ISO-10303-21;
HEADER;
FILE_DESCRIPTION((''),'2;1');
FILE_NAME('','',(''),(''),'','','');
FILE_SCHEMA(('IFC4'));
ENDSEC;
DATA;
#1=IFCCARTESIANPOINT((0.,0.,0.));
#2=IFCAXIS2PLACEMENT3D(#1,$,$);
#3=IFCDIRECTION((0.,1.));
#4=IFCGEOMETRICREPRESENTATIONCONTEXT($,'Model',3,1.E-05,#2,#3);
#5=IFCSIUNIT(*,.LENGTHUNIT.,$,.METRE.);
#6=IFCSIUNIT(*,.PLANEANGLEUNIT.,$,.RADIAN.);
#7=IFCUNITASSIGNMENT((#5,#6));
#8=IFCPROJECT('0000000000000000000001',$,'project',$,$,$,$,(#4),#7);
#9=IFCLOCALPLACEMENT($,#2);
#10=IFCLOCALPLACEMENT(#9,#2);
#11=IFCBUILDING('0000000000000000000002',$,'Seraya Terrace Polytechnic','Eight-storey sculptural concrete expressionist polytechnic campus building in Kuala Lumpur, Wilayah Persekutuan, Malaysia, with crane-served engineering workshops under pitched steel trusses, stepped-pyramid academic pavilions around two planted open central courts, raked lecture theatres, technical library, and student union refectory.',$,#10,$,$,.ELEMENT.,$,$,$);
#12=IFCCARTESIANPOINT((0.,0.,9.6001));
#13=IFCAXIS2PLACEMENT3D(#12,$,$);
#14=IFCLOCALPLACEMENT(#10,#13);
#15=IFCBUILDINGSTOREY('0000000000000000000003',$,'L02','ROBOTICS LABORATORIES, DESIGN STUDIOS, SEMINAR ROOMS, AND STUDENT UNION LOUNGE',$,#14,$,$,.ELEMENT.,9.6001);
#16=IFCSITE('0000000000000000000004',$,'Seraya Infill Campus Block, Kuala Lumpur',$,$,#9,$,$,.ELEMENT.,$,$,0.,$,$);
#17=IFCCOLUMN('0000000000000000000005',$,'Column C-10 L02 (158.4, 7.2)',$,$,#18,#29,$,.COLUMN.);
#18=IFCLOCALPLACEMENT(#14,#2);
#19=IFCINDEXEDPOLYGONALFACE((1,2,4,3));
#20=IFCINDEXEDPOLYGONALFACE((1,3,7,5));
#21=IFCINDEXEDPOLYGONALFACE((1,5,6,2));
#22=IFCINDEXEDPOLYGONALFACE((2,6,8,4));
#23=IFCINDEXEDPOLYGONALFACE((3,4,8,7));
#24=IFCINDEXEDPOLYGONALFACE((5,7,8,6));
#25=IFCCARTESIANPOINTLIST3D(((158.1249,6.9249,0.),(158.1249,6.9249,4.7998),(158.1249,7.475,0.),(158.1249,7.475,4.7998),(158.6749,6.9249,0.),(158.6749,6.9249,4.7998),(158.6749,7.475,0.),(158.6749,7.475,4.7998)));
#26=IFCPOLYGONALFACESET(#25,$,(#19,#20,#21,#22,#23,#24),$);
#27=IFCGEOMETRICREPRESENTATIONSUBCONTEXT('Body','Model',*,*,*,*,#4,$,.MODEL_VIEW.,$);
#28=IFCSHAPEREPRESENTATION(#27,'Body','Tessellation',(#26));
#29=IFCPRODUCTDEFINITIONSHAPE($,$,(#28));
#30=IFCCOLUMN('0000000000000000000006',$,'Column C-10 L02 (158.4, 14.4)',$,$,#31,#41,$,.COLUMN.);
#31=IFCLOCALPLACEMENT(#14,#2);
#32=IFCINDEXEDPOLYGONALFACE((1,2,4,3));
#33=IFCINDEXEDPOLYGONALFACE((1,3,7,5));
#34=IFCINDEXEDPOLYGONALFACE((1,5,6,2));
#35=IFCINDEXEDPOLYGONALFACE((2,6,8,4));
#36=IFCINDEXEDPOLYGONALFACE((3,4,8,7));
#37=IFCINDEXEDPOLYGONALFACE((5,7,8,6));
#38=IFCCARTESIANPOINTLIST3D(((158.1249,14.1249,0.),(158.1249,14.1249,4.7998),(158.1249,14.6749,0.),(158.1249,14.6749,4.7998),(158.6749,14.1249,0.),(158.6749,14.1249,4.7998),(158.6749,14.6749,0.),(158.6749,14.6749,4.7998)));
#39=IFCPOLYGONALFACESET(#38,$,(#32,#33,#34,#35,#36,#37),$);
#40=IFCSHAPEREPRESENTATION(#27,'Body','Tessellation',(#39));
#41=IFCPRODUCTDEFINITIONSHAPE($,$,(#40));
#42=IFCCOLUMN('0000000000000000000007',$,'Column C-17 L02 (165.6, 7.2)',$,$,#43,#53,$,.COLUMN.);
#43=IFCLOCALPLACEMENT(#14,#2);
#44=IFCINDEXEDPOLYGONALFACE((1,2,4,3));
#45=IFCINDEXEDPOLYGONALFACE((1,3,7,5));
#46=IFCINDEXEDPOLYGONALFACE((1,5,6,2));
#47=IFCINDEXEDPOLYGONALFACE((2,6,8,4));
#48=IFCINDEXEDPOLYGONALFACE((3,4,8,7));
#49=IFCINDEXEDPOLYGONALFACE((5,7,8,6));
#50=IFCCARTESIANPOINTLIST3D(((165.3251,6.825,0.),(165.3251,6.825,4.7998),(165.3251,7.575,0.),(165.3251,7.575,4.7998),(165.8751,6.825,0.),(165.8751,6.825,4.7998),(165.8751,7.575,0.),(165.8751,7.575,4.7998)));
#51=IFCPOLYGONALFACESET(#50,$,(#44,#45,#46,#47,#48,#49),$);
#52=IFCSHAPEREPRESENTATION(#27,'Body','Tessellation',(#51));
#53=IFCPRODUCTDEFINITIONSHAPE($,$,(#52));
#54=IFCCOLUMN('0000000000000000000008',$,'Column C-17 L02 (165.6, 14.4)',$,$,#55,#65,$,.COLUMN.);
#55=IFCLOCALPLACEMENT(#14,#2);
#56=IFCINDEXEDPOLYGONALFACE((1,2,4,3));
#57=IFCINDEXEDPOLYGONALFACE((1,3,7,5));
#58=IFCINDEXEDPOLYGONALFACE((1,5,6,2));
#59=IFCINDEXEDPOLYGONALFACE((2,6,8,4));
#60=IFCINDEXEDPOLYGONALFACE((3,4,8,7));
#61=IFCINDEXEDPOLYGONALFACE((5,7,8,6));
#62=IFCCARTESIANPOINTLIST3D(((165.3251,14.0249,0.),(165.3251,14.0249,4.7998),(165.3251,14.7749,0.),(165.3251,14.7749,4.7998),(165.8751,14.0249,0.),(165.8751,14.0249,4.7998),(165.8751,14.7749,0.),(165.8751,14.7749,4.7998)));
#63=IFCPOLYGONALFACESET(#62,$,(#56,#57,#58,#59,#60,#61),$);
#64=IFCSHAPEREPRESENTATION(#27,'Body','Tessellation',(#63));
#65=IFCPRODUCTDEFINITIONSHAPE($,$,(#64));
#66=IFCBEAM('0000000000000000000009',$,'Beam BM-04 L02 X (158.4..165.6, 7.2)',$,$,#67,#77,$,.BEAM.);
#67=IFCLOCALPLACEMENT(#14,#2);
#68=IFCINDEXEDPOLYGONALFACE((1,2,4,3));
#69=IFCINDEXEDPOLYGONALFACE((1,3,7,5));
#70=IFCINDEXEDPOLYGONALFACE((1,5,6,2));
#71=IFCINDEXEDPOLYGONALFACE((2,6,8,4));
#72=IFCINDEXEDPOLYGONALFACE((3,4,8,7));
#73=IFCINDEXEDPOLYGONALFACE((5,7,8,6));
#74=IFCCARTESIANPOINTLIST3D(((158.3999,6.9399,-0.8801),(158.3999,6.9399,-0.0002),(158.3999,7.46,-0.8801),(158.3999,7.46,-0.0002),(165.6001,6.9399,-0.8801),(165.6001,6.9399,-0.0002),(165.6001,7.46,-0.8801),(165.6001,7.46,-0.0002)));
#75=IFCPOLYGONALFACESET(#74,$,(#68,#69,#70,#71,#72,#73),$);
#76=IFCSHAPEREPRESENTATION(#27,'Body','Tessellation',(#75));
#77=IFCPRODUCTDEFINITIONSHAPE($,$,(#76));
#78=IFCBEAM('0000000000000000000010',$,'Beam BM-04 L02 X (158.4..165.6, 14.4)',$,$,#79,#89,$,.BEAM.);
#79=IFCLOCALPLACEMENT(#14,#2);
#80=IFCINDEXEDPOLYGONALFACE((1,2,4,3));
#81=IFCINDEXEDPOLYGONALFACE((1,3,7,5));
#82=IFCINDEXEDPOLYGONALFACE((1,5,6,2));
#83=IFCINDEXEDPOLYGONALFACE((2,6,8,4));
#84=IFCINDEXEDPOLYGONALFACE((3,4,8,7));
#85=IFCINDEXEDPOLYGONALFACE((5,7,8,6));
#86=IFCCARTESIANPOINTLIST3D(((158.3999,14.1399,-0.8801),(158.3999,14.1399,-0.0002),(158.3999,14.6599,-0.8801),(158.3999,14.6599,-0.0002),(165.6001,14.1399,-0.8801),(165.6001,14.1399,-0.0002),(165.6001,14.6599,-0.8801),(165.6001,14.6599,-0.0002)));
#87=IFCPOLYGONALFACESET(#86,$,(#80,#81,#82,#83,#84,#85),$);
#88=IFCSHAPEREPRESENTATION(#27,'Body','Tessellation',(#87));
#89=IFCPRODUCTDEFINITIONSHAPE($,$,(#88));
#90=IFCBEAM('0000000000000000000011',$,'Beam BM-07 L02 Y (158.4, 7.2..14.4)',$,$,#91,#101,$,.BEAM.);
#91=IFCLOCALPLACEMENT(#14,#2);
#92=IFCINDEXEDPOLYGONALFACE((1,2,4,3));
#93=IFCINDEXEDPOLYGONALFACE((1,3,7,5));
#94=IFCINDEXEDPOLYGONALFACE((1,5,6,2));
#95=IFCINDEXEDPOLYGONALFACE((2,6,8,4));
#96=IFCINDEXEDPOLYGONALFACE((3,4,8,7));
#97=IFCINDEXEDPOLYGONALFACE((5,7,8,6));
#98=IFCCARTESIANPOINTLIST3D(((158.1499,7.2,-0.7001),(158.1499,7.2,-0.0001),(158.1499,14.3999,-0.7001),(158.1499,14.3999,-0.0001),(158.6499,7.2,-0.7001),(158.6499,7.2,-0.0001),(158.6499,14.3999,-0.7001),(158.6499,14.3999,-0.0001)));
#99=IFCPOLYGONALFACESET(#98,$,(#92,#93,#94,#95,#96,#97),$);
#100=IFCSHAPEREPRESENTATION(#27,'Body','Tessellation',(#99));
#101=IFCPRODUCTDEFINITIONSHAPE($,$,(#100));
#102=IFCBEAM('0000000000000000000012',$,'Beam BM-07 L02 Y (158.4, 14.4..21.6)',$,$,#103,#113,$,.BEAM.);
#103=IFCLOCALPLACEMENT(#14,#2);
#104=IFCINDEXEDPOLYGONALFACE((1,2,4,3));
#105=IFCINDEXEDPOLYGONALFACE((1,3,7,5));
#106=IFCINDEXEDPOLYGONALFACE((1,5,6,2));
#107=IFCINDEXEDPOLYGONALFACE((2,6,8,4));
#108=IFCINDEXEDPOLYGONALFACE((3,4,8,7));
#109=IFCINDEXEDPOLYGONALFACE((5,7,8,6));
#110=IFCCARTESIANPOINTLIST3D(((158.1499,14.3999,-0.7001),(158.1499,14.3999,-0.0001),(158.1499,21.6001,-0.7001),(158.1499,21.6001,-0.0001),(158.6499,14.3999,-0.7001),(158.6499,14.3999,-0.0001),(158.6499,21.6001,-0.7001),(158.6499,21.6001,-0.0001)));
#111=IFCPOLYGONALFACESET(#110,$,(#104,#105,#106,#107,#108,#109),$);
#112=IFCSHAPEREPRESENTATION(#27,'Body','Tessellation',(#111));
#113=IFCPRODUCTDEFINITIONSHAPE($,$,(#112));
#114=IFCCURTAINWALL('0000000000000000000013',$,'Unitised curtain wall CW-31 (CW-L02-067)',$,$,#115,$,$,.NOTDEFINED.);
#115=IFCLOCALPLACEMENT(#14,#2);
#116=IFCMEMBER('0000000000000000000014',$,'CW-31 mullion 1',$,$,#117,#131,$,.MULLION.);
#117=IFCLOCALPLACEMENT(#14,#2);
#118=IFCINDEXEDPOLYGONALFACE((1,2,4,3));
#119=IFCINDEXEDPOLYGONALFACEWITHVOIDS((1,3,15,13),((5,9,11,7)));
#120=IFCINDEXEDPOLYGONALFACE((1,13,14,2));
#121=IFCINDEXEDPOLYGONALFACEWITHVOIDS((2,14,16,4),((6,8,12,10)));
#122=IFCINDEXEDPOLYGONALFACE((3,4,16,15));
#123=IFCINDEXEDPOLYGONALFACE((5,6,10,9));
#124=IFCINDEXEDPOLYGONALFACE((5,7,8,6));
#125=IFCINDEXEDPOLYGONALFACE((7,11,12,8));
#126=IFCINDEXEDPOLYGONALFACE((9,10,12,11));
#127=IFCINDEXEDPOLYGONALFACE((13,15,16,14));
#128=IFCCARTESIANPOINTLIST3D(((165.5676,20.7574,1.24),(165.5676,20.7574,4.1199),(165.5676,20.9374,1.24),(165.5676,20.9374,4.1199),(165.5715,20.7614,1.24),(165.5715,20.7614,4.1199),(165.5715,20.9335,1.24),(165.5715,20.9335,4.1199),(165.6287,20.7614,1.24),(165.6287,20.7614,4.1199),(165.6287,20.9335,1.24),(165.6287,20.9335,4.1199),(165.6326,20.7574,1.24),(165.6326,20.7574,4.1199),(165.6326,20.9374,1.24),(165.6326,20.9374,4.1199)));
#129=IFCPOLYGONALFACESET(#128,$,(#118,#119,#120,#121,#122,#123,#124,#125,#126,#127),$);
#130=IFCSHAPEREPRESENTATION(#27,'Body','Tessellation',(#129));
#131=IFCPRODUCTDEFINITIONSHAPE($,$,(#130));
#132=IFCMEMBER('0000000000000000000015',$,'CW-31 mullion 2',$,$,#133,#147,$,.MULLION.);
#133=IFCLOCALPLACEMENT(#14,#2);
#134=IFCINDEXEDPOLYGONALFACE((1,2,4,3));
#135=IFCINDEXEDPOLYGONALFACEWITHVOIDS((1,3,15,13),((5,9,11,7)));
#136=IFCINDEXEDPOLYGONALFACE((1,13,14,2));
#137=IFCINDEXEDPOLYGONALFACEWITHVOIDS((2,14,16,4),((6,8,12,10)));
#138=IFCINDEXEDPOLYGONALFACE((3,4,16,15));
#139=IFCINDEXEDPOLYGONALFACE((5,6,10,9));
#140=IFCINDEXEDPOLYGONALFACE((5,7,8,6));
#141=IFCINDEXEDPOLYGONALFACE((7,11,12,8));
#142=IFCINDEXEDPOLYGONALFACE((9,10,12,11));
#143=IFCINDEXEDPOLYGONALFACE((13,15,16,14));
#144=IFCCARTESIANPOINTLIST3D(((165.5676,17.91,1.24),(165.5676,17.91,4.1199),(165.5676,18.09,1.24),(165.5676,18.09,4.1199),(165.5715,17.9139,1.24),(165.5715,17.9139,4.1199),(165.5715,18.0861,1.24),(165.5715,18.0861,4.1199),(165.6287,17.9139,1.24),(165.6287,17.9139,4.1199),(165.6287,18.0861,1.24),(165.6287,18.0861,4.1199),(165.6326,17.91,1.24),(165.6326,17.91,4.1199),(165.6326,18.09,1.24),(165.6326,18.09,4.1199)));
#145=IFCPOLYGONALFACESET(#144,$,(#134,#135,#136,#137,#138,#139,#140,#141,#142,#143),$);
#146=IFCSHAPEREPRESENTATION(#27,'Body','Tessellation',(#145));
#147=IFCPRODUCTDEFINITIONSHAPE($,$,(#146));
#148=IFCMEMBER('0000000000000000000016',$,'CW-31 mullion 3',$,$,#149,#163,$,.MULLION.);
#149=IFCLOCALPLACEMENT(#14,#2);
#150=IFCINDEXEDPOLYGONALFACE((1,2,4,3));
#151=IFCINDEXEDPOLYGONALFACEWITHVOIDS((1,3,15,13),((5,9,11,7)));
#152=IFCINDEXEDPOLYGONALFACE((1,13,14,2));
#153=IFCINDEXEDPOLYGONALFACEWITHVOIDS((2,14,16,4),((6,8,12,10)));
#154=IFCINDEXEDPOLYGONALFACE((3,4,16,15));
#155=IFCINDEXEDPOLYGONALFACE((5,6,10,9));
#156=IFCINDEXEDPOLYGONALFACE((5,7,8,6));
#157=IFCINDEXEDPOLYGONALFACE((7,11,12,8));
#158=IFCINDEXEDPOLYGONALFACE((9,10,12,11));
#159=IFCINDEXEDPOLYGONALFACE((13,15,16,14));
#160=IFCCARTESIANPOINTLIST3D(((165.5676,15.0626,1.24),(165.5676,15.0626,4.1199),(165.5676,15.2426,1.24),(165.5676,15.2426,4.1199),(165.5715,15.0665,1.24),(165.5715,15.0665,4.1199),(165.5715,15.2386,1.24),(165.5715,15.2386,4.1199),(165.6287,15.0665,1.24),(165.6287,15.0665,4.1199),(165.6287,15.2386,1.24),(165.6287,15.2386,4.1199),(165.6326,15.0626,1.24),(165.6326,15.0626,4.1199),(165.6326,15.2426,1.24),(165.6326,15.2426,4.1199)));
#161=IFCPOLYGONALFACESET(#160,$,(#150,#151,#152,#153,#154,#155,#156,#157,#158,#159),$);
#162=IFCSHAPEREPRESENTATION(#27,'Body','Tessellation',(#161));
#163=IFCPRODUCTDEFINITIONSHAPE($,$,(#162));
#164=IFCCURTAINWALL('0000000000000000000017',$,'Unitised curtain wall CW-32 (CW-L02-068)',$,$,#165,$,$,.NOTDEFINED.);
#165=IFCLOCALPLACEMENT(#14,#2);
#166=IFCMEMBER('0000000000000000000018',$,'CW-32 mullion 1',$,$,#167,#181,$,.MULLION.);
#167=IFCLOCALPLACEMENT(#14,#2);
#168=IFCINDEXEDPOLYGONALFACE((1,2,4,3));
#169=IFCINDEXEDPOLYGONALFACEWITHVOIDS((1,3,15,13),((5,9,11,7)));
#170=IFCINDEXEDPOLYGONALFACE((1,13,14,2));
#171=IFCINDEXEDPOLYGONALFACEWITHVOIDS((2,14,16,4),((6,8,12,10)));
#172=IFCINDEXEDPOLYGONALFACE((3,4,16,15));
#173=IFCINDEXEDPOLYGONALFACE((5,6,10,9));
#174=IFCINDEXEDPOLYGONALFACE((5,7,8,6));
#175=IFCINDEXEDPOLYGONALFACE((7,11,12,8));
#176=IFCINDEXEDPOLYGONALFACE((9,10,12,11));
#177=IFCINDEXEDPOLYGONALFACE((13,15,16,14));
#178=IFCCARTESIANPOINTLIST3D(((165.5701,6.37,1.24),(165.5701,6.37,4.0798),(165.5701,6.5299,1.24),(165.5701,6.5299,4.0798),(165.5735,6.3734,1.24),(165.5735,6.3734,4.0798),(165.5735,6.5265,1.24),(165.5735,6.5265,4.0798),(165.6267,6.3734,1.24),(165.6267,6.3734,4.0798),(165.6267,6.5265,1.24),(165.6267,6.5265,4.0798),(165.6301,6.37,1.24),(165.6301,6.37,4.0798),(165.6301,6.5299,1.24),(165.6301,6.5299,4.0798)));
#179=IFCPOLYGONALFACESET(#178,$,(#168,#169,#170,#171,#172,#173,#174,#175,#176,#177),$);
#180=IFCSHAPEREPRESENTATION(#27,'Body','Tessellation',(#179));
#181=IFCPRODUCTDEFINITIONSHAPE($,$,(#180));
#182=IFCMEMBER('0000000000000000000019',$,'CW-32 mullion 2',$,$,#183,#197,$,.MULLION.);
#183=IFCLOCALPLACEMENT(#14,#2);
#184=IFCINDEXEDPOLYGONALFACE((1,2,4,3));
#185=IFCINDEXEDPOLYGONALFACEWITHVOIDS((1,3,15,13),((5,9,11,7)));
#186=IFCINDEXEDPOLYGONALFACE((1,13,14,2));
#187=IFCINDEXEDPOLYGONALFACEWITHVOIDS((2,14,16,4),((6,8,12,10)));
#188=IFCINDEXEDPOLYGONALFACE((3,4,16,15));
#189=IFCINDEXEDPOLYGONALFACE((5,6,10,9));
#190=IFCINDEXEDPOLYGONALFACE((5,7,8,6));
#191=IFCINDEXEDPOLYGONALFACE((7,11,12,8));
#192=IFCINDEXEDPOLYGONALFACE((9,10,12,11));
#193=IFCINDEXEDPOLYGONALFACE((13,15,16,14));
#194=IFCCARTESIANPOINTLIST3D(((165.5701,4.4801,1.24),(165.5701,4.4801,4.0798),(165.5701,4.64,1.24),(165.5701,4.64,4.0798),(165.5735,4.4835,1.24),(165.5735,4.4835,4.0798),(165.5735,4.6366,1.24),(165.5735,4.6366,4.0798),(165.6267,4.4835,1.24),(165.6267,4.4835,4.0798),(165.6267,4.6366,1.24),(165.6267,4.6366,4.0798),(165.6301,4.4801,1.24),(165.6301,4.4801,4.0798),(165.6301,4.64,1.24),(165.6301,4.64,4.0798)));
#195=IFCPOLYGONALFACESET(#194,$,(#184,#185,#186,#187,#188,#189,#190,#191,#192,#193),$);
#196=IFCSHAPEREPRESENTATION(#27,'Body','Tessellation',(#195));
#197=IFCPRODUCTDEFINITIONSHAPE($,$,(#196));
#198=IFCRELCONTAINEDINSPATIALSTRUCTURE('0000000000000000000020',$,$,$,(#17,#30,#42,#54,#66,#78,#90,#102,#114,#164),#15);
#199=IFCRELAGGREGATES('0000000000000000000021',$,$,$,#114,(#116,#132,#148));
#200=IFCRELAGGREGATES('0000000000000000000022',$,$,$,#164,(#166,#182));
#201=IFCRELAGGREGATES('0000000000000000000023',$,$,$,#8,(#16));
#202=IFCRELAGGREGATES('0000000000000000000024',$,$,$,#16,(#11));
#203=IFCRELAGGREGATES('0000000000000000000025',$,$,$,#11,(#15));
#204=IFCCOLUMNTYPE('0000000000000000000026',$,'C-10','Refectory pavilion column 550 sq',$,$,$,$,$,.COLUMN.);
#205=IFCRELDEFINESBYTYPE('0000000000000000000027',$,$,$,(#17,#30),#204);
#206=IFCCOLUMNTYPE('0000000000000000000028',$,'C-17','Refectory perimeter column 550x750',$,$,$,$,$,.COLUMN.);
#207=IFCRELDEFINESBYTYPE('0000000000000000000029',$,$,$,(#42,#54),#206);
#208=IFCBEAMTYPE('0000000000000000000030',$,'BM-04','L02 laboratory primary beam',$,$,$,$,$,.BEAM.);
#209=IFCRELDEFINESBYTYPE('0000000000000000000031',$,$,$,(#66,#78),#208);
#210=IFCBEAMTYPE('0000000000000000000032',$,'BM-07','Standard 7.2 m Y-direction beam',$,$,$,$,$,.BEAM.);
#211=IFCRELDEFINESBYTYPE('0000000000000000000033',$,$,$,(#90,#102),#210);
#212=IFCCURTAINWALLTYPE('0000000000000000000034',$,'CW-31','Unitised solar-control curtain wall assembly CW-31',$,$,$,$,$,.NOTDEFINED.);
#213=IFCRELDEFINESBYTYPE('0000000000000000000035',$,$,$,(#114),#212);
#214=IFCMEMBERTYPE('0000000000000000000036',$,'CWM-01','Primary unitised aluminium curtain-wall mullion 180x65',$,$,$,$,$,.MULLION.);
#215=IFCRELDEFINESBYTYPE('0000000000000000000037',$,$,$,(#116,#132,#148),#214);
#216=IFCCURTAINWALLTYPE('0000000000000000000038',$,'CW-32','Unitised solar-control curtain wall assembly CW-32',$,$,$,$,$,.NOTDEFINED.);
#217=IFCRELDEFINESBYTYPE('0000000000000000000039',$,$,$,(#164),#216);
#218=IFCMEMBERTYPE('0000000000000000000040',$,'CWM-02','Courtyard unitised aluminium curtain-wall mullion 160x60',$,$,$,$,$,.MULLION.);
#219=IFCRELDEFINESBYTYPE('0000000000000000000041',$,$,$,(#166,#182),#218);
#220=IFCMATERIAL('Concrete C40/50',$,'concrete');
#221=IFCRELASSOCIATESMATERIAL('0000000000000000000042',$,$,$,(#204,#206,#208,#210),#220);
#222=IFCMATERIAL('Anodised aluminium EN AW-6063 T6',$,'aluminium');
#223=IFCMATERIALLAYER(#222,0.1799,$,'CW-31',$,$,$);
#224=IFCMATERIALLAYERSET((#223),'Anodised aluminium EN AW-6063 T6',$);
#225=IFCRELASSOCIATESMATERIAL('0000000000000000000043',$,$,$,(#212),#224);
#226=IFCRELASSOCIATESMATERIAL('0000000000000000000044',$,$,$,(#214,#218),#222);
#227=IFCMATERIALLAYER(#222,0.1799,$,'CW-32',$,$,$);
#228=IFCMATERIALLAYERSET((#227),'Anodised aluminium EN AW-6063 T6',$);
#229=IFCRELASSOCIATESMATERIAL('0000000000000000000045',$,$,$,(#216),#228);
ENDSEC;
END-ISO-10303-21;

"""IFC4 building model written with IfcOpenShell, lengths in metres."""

from ifc_helpers import new_model, si_unit, direction, frame, origin, origin_2d, place, context, subcontext, project, spatial, rectangle, hollow_rectangle, extrude, material, layer, layer_set, material_profile, profile_set, type_object, element, aggregate, save


model = new_model("IFC4")

# Units and contexts
model_context = context("Model", 3, precision=1e-05, world=origin(), true_north=direction((0.0, 1.0)))
body_context = subcontext(model_context, "Body", "Model", "MODEL_VIEW")
ifc_project = project(units=[si_unit("LENGTHUNIT", "METRE"), si_unit("PLANEANGLEUNIT", "RADIAN")], contexts=[model_context])

# Site, building, storey
site_placement = place(None, origin())
site = spatial("IfcSite", under=ifc_project, at=site_placement, Name="Seraya Infill Campus Block, Kuala Lumpur", CompositionType="ELEMENT", RefElevation=0.0)
building_placement = place(site_placement, origin())
building = spatial("IfcBuilding", under=site, at=building_placement, Name="Seraya Terrace Polytechnic", Description="Eight-storey sculptural concrete expressionist polytechnic campus building in Kuala Lumpur, Wilayah Persekutuan, Malaysia, with crane-served engineering workshops under pitched steel trusses, stepped-pyramid academic pavilions around two planted open central courts, raked lecture theatres, technical library, and student union refectory.", CompositionType="ELEMENT")
storey_placement = place(building_placement, frame((0.0, 0.0, 9.6001)))
storey = spatial("IfcBuildingStorey", under=building, at=storey_placement, Name="L02", Description="ROBOTICS LABORATORIES, DESIGN STUDIOS, SEMINAR ROOMS, AND STUDENT UNION LOUNGE", CompositionType="ELEMENT", Elevation=9.6001)

# Columns
ifc_material_1 = material(Name="Concrete C40/50", Category="concrete")
ifc_material_profile_1 = material_profile(ifc_material_1, rectangle(XDim=0.55, YDim=0.55, at=origin_2d()), Name="RC 550x550")
ifc_profile_set_1 = profile_set([ifc_material_profile_1], Name="Concrete C40/50")
column_type_1 = type_object("IfcColumnType", Name="C-10", Description="Refectory pavilion column 550 sq", PredefinedType="COLUMN", material=ifc_profile_set_1)
for number, where, z_axis, x_axis, name in (
    (1, (158.3999, 7.2, 0.0), (0.0, 0.0, 1.0), (1.0, 0.0, 0.0), "Column C-10 L02 (158.4, 7.2)"),
    (2, (158.3999, 14.3999, 0.0), (0.0, 0.0, 1.0), (1.0, 0.0, 0.0), "Column C-10 L02 (158.4, 14.4)"),
):
    element("IfcColumn", number, at=place(storey_placement, frame(where, z_axis=z_axis, x_axis=x_axis)), inside=storey, type_object=column_type_1, Name=name, PredefinedType="COLUMN", context=body_context, shape_type="SweptSolid", body=[
        extrude(rectangle(XDim=0.55, YDim=0.55, at=origin_2d()), origin(), (0.0, 0.0, 1.0), 4.7998),
    ])
ifc_material_profile_2 = material_profile(ifc_material_1, rectangle(XDim=0.55, YDim=0.75, at=origin_2d()), Name="RC 550x750")
ifc_profile_set_2 = profile_set([ifc_material_profile_2], Name="Concrete C40/50")
column_type_2 = type_object("IfcColumnType", Name="C-17", Description="Refectory perimeter column 550x750", PredefinedType="COLUMN", material=ifc_profile_set_2)
for number, where, z_axis, x_axis, name in (
    (3, (165.6001, 7.2, 0.0), (0.0, 0.0, 1.0), (1.0, 0.0, 0.0), "Column C-17 L02 (165.6, 7.2)"),
    (4, (165.6001, 14.3999, 0.0), (0.0, 0.0, 1.0), (1.0, 0.0, 0.0), "Column C-17 L02 (165.6, 14.4)"),
):
    element("IfcColumn", number, at=place(storey_placement, frame(where, z_axis=z_axis, x_axis=x_axis)), inside=storey, type_object=column_type_2, Name=name, PredefinedType="COLUMN", context=body_context, shape_type="SweptSolid", body=[
        extrude(rectangle(XDim=0.55, YDim=0.75, at=origin_2d()), origin(), (0.0, 0.0, 1.0), 4.7998),
    ])

# Beams
ifc_material_profile_3 = material_profile(ifc_material_1, rectangle(XDim=0.52, YDim=0.8799, at=origin_2d()), Name="RC 520x880")
ifc_profile_set_3 = profile_set([ifc_material_profile_3], Name="Concrete C40/50")
beam_type_1 = type_object("IfcBeamType", Name="BM-04", Description="L02 laboratory primary beam", PredefinedType="BEAM", material=ifc_profile_set_3)
for number, where, z_axis, x_axis, name in (
    (5, (158.3999, 7.2, -0.4402), (1.0, 0.0, 0.0), (0.0, 1.0, 0.0), "Beam BM-04 L02 X (158.4..165.6, 7.2)"),
    (6, (158.3999, 14.3999, -0.4402), (1.0, 0.0, 0.0), (0.0, 1.0, 0.0), "Beam BM-04 L02 X (158.4..165.6, 14.4)"),
):
    element("IfcBeam", number, at=place(storey_placement, frame(where, z_axis=z_axis, x_axis=x_axis)), inside=storey, type_object=beam_type_1, Name=name, PredefinedType="BEAM", context=body_context, shape_type="SweptSolid", body=[
        extrude(rectangle(XDim=0.52, YDim=0.8799, at=origin_2d()), origin(), (0.0, 0.0, 1.0), 7.2002),
    ])
ifc_material_profile_4 = material_profile(ifc_material_1, rectangle(XDim=0.5, YDim=0.7, at=origin_2d()), Name="RC 500x700")
ifc_profile_set_4 = profile_set([ifc_material_profile_4], Name="Concrete C40/50")
beam_type_2 = type_object("IfcBeamType", Name="BM-07", Description="Standard 7.2 m Y-direction beam", PredefinedType="BEAM", material=ifc_profile_set_4)
beam_1_placement = place(storey_placement, frame((158.3999, 7.2, -0.3501), z_axis=(0.0, 1.0, 0.0), x_axis=(-1.0, 0.0, 0.0)))
element("IfcBeam", 7, at=beam_1_placement, inside=storey, type_object=beam_type_2, Name="Beam BM-07 L02 Y (158.4, 7.2..14.4)", PredefinedType="BEAM", context=body_context, shape_type="SweptSolid", body=[
    extrude(rectangle(XDim=0.5, YDim=0.7, at=origin_2d()), origin(), (0.0, 0.0, 1.0), 7.2),
])
beam_2_placement = place(storey_placement, frame((158.3999, 14.3999, -0.3501), z_axis=(0.0, 1.0, 0.0), x_axis=(-1.0, 0.0, 0.0)))
element("IfcBeam", 8, at=beam_2_placement, inside=storey, type_object=beam_type_2, Name="Beam BM-07 L02 Y (158.4, 14.4..21.6)", PredefinedType="BEAM", context=body_context, shape_type="SweptSolid", body=[
    extrude(rectangle(XDim=0.5, YDim=0.7, at=origin_2d()), origin(), (0.0, 0.0, 1.0), 7.2002),
])

# Curtain walls, members
ifc_material_2 = material(Name="Anodised aluminium EN AW-6063 T6", Category="aluminium")
ifc_layer_1 = layer(ifc_material_2, 0.1799, Name="CW-31")
ifc_layer_set_1 = layer_set([ifc_layer_1], Name="Anodised aluminium EN AW-6063 T6")
curtain_wall_type_1 = type_object("IfcCurtainWallType", Name="CW-31", Description="Unitised solar-control curtain wall assembly CW-31", PredefinedType="NOTDEFINED", material=ifc_layer_set_1)
curtain_wall_1_placement = place(storey_placement, origin())
curtain_wall_1 = element("IfcCurtainWall", 9, at=curtain_wall_1_placement, inside=storey, type_object=curtain_wall_type_1, Name="Unitised curtain wall CW-31 (CW-L02-067)", PredefinedType="NOTDEFINED")
ifc_material_profile_5 = material_profile(ifc_material_2, hollow_rectangle(XDim=0.0649, YDim=0.1799, WallThickness=0.0039, at=origin_2d()), Name="RHS 180x65x4.0")
ifc_profile_set_5 = profile_set([ifc_material_profile_5], Name="Anodised aluminium EN AW-6063 T6")
member_type_1 = type_object("IfcMemberType", Name="CWM-01", Description="Primary unitised aluminium curtain-wall mullion 180x65", PredefinedType="MULLION", material=ifc_profile_set_5)
member_1_placement = place(storey_placement, frame((165.6001, 20.8474, 1.24), z_axis=(0.0, 0.0, 1.0), x_axis=(1.0, 0.0, 0.0)))
member_1 = element("IfcMember", 10, at=member_1_placement, type_object=member_type_1, Name="CW-31 mullion 1", PredefinedType="MULLION", context=body_context, shape_type="SweptSolid", body=[
    extrude(hollow_rectangle(XDim=0.0649, YDim=0.1799, WallThickness=0.0039, at=origin_2d()), origin(), (0.0, 0.0, 1.0), 2.8799),
])
member_2_placement = place(storey_placement, frame((165.6001, 18.0, 1.24), z_axis=(0.0, 0.0, 1.0), x_axis=(1.0, 0.0, 0.0)))
member_2 = element("IfcMember", 11, at=member_2_placement, type_object=member_type_1, Name="CW-31 mullion 2", PredefinedType="MULLION", context=body_context, shape_type="SweptSolid", body=[
    extrude(hollow_rectangle(XDim=0.0649, YDim=0.1799, WallThickness=0.0039, at=origin_2d()), origin(), (0.0, 0.0, 1.0), 2.8799),
])
member_3_placement = place(storey_placement, frame((165.6001, 15.1526, 1.24), z_axis=(0.0, 0.0, 1.0), x_axis=(1.0, 0.0, 0.0)))
member_3 = element("IfcMember", 12, at=member_3_placement, type_object=member_type_1, Name="CW-31 mullion 3", PredefinedType="MULLION", context=body_context, shape_type="SweptSolid", body=[
    extrude(hollow_rectangle(XDim=0.0649, YDim=0.1799, WallThickness=0.0039, at=origin_2d()), origin(), (0.0, 0.0, 1.0), 2.8799),
])
ifc_layer_2 = layer(ifc_material_2, 0.1799, Name="CW-32")
ifc_layer_set_2 = layer_set([ifc_layer_2], Name="Anodised aluminium EN AW-6063 T6")
curtain_wall_type_2 = type_object("IfcCurtainWallType", Name="CW-32", Description="Unitised solar-control curtain wall assembly CW-32", PredefinedType="NOTDEFINED", material=ifc_layer_set_2)
curtain_wall_2_placement = place(storey_placement, origin())
curtain_wall_2 = element("IfcCurtainWall", 13, at=curtain_wall_2_placement, inside=storey, type_object=curtain_wall_type_2, Name="Unitised curtain wall CW-32 (CW-L02-068)", PredefinedType="NOTDEFINED")
ifc_material_profile_6 = material_profile(ifc_material_2, hollow_rectangle(XDim=0.0601, YDim=0.1599, WallThickness=0.0034, at=origin_2d()), Name="RHS 160x60x3.5")
ifc_profile_set_6 = profile_set([ifc_material_profile_6], Name="Anodised aluminium EN AW-6063 T6")
member_type_2 = type_object("IfcMemberType", Name="CWM-02", Description="Courtyard unitised aluminium curtain-wall mullion 160x60", PredefinedType="MULLION", material=ifc_profile_set_6)
member_4_placement = place(storey_placement, frame((165.6001, 6.45, 1.24), z_axis=(0.0, 0.0, 1.0), x_axis=(1.0, 0.0, 0.0)))
member_4 = element("IfcMember", 14, at=member_4_placement, type_object=member_type_2, Name="CW-32 mullion 1", PredefinedType="MULLION", context=body_context, shape_type="SweptSolid", body=[
    extrude(hollow_rectangle(XDim=0.0601, YDim=0.1599, WallThickness=0.0034, at=origin_2d()), origin(), (0.0, 0.0, 1.0), 2.8398),
])
member_5_placement = place(storey_placement, frame((165.6001, 4.5601, 1.24), z_axis=(0.0, 0.0, 1.0), x_axis=(1.0, 0.0, 0.0)))
member_5 = element("IfcMember", 15, at=member_5_placement, type_object=member_type_2, Name="CW-32 mullion 2", PredefinedType="MULLION", context=body_context, shape_type="SweptSolid", body=[
    extrude(hollow_rectangle(XDim=0.0601, YDim=0.1599, WallThickness=0.0034, at=origin_2d()), origin(), (0.0, 0.0, 1.0), 2.8398),
])

aggregate(curtain_wall_1, [member_1, member_2, member_3])
aggregate(curtain_wall_2, [member_4, member_5])

save(model, "model.ifc")
